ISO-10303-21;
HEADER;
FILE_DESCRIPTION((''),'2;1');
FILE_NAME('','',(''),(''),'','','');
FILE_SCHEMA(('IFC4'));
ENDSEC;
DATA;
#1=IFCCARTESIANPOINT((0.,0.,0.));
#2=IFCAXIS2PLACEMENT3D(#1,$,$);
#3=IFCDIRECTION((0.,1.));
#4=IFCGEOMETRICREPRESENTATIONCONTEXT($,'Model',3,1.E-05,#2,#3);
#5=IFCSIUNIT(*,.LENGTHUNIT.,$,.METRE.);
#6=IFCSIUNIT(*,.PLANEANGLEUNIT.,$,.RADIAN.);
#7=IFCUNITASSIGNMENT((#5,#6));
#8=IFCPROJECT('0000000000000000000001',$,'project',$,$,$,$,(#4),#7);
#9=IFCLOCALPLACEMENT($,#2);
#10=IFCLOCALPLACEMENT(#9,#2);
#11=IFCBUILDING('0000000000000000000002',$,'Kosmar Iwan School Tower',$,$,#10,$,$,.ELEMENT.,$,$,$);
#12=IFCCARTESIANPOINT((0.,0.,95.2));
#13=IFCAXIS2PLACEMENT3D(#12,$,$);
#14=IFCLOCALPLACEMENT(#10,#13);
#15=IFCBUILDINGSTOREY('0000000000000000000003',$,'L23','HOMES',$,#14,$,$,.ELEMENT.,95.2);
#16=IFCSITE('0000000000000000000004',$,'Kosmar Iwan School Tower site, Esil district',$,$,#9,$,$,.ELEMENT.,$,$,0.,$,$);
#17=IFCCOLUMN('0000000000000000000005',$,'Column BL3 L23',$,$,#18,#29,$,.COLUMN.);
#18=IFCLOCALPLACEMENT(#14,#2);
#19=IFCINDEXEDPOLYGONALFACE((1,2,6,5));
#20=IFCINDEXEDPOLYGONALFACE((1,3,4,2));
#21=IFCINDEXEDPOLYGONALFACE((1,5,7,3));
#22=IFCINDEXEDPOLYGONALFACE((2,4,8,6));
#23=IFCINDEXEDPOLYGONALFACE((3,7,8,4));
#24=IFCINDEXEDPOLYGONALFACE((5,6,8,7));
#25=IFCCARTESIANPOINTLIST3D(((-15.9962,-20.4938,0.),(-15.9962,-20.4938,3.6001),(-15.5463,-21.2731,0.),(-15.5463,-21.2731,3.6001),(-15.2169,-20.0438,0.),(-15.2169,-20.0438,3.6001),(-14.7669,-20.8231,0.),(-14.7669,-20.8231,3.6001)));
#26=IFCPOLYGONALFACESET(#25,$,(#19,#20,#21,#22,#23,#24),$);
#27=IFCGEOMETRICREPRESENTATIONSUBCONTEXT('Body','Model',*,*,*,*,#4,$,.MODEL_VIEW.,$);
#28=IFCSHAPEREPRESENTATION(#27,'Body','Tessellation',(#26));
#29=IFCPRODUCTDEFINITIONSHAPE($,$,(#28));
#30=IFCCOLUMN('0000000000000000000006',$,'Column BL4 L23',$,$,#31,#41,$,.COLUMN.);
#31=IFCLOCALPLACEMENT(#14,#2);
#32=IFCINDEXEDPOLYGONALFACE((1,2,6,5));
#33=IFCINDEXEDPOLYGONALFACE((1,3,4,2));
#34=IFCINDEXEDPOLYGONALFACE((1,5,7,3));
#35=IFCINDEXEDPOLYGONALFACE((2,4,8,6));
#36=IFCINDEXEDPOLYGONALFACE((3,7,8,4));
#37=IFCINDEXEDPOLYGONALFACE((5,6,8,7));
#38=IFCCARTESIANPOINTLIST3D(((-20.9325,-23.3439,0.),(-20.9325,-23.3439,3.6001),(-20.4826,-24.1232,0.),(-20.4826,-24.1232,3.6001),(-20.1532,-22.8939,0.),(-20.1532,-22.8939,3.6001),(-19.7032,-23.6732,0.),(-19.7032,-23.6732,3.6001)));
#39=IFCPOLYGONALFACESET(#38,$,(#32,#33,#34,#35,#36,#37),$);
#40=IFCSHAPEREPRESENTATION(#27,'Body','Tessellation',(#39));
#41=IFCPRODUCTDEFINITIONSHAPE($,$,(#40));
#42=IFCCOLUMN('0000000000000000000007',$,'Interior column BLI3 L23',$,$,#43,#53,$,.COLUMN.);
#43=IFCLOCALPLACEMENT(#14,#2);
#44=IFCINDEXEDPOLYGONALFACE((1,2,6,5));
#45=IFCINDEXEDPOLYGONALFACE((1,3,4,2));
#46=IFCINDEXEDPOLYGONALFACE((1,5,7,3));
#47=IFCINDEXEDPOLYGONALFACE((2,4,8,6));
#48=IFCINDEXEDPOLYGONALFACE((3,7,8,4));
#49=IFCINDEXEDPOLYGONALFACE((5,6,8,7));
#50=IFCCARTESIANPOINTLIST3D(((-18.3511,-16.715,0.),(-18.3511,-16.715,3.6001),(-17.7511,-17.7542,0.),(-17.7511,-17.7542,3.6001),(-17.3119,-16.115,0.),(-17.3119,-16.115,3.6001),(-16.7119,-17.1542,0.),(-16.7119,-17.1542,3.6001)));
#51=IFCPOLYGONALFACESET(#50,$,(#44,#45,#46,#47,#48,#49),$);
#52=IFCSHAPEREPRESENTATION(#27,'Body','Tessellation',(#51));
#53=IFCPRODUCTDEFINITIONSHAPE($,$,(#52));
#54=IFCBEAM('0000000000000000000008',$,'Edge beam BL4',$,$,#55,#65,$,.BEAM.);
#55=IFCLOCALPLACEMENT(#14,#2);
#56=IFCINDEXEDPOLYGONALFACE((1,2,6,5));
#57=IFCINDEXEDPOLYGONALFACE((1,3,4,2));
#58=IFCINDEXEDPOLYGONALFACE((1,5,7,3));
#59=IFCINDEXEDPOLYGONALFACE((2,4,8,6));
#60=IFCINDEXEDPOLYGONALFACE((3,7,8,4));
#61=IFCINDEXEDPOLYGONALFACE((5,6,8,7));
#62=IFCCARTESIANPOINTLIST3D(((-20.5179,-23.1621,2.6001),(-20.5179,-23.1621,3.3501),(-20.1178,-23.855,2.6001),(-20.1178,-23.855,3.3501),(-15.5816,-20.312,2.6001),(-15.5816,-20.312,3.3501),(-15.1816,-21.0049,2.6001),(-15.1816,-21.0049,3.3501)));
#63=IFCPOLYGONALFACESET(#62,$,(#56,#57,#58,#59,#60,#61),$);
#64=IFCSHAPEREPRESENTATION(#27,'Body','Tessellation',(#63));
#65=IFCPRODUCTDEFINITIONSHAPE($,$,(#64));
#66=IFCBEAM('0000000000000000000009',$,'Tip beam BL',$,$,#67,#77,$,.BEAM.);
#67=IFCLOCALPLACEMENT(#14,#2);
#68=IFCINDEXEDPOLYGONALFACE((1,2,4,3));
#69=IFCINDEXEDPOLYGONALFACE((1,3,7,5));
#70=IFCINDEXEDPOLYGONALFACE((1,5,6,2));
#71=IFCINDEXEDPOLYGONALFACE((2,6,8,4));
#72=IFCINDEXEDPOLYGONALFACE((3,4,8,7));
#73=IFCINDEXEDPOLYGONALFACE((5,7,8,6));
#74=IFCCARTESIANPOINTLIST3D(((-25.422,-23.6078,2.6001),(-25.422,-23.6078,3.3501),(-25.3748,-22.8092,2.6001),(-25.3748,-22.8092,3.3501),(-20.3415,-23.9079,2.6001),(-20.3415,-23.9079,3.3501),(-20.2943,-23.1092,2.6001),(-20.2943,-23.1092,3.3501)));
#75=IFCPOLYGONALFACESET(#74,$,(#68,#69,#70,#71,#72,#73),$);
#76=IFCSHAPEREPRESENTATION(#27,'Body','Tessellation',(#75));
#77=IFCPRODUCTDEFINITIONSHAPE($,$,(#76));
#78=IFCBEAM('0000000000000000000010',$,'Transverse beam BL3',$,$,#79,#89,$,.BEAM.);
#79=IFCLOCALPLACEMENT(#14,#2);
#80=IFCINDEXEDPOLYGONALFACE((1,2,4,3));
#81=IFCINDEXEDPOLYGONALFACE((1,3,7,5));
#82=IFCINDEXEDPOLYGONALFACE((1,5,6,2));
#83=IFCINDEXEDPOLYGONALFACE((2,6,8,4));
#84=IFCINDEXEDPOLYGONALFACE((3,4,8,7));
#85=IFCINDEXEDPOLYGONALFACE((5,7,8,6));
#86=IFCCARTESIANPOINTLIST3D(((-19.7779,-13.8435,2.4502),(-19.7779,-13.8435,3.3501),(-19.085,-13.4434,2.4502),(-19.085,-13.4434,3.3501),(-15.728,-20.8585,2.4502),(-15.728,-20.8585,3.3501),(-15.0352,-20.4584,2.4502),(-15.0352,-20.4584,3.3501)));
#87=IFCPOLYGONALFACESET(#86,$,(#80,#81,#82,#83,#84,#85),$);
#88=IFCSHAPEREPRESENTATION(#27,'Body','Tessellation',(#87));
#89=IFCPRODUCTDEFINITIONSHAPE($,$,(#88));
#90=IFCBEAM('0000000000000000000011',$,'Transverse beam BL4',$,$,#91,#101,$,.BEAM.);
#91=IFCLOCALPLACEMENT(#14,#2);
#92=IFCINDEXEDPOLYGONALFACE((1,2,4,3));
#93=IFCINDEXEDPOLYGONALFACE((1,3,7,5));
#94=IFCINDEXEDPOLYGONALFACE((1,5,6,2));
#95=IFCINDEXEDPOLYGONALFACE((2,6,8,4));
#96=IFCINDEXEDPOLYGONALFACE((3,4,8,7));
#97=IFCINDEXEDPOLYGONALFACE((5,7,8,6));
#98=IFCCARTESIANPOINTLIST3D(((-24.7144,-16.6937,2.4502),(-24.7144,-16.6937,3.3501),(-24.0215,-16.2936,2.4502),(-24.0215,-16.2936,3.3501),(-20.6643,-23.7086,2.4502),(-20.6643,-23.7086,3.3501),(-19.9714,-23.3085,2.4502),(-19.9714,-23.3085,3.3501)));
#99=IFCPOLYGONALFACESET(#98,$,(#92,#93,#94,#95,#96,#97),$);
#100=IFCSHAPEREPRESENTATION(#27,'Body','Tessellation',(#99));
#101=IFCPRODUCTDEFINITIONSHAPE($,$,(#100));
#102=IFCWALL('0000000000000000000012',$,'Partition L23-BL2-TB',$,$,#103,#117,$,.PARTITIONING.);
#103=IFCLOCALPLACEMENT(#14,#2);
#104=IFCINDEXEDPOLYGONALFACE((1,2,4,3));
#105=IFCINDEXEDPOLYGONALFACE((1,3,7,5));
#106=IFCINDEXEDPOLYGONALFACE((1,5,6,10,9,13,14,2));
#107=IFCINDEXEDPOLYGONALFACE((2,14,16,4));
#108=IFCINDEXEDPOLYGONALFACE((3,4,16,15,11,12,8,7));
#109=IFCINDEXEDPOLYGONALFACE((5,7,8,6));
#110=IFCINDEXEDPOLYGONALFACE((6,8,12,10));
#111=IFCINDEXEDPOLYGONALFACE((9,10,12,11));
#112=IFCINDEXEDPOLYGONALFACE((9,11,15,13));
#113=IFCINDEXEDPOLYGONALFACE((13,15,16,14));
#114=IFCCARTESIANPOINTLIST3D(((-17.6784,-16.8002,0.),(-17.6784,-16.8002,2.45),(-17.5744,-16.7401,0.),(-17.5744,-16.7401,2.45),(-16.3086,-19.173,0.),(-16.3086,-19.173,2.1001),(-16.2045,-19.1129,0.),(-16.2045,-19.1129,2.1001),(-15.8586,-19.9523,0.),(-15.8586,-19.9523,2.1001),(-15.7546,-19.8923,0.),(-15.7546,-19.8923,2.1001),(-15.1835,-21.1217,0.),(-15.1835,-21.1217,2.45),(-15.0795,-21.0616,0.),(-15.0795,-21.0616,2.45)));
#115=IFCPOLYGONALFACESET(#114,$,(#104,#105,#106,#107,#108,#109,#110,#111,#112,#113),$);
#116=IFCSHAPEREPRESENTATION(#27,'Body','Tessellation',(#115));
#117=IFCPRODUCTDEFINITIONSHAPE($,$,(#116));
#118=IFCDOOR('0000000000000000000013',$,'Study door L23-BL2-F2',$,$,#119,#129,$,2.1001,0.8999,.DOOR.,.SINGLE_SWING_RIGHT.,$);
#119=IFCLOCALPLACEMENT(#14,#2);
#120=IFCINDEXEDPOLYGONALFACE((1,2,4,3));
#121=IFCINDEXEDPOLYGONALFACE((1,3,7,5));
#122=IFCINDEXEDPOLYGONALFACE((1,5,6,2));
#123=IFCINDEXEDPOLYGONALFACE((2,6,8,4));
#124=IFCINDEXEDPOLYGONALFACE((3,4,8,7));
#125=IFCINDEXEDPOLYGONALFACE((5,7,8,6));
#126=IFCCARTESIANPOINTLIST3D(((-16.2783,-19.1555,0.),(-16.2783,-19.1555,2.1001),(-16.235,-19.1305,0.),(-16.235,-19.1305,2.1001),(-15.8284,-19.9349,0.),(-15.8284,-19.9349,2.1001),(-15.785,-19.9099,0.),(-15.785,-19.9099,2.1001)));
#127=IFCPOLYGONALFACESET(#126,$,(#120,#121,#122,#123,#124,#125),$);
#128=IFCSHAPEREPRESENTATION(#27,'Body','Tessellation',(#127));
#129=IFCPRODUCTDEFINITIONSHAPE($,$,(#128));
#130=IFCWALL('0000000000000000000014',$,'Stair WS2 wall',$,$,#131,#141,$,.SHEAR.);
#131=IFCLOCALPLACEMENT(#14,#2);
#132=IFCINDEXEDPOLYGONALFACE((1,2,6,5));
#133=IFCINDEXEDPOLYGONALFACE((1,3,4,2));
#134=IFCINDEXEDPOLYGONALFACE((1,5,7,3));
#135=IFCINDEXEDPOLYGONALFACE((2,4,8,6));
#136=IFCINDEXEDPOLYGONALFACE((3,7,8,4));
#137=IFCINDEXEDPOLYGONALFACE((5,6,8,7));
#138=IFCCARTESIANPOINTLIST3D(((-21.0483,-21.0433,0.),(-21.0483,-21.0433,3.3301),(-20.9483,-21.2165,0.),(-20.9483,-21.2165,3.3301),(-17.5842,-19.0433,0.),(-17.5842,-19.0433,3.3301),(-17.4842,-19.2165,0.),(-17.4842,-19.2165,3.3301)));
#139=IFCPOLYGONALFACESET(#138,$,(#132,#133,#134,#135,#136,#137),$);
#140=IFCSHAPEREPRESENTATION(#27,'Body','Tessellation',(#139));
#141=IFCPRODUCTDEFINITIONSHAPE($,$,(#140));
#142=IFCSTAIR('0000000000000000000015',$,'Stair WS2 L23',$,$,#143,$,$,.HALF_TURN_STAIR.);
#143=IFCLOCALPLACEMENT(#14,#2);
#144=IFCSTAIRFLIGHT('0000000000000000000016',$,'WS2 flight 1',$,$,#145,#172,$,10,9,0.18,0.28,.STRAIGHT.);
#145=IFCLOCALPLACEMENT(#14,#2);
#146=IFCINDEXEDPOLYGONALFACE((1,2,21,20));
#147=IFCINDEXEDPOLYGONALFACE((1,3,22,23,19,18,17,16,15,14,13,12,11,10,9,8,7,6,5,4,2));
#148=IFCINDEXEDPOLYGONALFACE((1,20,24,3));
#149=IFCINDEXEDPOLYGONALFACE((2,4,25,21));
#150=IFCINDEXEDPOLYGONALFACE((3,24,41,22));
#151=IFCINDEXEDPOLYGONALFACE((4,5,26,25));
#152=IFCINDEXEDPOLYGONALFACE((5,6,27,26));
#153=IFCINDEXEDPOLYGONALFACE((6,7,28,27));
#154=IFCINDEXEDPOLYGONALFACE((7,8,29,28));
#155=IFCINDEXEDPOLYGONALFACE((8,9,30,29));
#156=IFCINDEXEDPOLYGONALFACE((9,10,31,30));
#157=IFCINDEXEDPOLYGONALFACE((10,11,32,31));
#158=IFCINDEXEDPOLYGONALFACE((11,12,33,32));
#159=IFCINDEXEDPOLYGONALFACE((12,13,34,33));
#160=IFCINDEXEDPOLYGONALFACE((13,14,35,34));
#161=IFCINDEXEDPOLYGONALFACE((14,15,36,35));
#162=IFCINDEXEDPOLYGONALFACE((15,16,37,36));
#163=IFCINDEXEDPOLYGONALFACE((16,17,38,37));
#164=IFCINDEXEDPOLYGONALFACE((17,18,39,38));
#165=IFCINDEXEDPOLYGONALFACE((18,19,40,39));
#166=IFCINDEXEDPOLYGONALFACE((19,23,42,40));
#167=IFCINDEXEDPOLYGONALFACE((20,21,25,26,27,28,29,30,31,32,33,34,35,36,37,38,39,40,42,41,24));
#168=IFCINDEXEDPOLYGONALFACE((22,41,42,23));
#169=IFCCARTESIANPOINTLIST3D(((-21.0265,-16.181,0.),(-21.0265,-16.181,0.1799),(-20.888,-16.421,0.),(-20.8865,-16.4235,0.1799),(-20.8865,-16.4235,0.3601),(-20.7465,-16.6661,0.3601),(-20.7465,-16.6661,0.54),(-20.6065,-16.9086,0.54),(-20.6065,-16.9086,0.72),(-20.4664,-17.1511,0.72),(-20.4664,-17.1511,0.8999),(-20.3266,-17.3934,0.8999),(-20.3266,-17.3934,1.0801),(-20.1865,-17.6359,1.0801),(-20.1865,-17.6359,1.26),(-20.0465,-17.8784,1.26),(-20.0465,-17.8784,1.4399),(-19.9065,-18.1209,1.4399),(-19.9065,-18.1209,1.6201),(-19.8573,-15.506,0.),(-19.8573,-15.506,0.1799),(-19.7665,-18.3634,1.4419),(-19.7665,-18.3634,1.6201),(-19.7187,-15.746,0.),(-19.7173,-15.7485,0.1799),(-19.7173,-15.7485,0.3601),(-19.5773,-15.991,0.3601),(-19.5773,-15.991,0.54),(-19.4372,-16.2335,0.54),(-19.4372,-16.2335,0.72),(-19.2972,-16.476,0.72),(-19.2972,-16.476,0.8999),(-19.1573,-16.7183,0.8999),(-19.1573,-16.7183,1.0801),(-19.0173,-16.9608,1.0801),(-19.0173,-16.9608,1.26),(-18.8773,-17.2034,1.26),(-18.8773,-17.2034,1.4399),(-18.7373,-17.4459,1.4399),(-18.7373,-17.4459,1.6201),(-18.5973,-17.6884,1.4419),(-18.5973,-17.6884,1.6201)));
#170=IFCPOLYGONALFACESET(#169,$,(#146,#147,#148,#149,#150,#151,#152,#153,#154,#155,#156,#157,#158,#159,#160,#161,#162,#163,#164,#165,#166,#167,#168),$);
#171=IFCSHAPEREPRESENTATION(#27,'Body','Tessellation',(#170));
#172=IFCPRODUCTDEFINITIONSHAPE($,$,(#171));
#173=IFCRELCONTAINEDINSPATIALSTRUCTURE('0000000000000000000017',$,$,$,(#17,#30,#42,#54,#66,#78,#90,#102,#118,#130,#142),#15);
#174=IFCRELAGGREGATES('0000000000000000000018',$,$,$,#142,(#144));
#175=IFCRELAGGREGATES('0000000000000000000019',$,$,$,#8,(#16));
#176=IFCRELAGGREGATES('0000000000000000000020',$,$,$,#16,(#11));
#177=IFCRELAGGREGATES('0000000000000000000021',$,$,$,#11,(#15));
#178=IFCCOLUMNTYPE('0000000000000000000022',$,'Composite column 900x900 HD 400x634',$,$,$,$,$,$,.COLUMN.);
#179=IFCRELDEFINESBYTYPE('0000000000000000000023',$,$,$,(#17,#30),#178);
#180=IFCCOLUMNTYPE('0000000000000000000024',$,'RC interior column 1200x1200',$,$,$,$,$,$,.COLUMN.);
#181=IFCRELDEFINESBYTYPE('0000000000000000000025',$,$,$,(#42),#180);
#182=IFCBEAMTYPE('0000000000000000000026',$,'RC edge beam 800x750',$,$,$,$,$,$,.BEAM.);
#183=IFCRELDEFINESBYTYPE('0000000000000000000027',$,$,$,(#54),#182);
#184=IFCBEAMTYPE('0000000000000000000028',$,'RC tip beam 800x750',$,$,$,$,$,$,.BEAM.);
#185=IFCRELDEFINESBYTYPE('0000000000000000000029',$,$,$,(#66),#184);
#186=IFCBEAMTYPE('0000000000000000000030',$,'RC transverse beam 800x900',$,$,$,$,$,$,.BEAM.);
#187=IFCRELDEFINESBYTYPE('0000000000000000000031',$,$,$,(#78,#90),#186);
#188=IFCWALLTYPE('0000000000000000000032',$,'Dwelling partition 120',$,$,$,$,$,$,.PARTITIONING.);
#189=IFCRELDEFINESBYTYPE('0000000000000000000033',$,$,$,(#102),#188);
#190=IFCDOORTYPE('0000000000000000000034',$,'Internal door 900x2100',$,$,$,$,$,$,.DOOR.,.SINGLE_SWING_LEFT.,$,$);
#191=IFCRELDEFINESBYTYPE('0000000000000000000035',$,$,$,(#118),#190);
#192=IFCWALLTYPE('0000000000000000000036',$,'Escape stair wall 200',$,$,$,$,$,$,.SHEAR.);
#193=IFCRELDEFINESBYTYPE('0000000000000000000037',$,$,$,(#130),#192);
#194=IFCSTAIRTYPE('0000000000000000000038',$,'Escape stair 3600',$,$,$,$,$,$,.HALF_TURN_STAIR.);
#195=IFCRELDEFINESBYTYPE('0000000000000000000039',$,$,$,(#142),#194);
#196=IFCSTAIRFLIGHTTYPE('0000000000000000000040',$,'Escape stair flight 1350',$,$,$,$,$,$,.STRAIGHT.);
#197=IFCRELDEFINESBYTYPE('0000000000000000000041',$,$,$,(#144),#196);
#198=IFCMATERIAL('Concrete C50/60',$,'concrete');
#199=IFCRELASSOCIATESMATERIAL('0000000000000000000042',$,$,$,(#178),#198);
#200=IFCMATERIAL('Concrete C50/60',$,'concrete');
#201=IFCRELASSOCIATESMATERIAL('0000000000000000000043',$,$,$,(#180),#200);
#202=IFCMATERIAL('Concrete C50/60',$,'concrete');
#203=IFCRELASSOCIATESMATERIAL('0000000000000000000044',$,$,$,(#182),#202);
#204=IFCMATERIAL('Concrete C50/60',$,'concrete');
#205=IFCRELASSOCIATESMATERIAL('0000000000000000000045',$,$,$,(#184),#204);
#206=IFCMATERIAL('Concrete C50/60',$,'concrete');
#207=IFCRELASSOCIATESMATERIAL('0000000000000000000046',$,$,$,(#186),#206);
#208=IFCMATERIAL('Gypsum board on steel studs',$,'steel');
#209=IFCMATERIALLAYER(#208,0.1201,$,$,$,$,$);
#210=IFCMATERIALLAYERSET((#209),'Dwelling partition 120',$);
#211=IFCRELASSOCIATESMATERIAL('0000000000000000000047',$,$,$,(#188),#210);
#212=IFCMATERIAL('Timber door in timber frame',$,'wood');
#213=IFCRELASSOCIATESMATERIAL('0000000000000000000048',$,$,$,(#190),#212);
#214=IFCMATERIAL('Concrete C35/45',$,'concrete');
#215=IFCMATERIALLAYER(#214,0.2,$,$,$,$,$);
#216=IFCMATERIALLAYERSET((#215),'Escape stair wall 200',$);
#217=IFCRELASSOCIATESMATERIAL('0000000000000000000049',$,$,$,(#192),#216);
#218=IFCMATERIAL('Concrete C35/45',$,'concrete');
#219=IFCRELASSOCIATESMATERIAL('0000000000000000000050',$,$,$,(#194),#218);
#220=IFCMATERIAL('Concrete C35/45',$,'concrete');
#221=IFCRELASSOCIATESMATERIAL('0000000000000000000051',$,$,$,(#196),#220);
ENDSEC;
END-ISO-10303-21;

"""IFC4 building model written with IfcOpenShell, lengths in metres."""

from ifc_helpers import new_model, si_unit, direction, frame, frame_2d, origin, origin_2d, place, context, subcontext, project, spatial, polyline, rectangle, outline, extrude, material, layer, layer_set, material_profile, profile_set, type_object, element, fill, aggregate, save


model = new_model("IFC4")

# Units and contexts
model_context = context("Model", 3, precision=1e-05, world=origin(), true_north=direction((0.0, 1.0)))
body_context = subcontext(model_context, "Body", "Model", "MODEL_VIEW")
ifc_project = project(units=[si_unit("LENGTHUNIT", "METRE"), si_unit("PLANEANGLEUNIT", "RADIAN")], contexts=[model_context])

# Site, building, storey
site_placement = place(None, origin())
site = spatial("IfcSite", under=ifc_project, at=site_placement, Name="Kosmar Iwan School Tower site, Esil district", CompositionType="ELEMENT", RefElevation=0.0)
building_placement = place(site_placement, origin())
building = spatial("IfcBuilding", under=site, at=building_placement, Name="Kosmar Iwan School Tower", CompositionType="ELEMENT")
storey_placement = place(building_placement, frame((0.0, 0.0, 95.2)))
storey = spatial("IfcBuildingStorey", under=building, at=storey_placement, Name="L23", Description="HOMES", CompositionType="ELEMENT", Elevation=95.2)

# Columns
ifc_material_1 = material(Name="Concrete C50/60", Category="concrete")
ifc_material_profile_1 = material_profile(ifc_material_1, rectangle(XDim=0.8999, YDim=0.8999, at=origin_2d()), Name="RC 900x900 + HD 400x634")
ifc_profile_set_1 = profile_set([ifc_material_profile_1], Name="Concrete C50/60")
column_type_1 = type_object("IfcColumnType", Name="Composite column 900x900 HD 400x634", PredefinedType="COLUMN", material=ifc_profile_set_1)
for number, where, z_axis, x_axis, name in (
    (1, (-15.3816, -20.6584, 0.0), (0.0, 0.0, 1.0), (-0.866025, -0.5, 0.0), "Column BL3 L23"),
    (2, (-20.3179, -23.5085, 0.0), (0.0, 0.0, 1.0), (-0.866025, -0.5, 0.0), "Column BL4 L23"),
):
    element("IfcColumn", number, at=place(storey_placement, frame(where, z_axis=z_axis, x_axis=x_axis)), inside=storey, type_object=column_type_1, Name=name, PredefinedType="COLUMN", context=body_context, shape_type="SweptSolid", body=[
        extrude(rectangle(XDim=0.8999, YDim=0.8999, at=origin_2d()), origin(), (0.0, 0.0, 1.0), 3.6001),
    ])
ifc_material_2 = material(Name="Concrete C50/60", Category="concrete")
ifc_material_profile_2 = material_profile(ifc_material_2, rectangle(XDim=1.2, YDim=1.2, at=origin_2d()), Name="RC 1200x1200")
ifc_profile_set_2 = profile_set([ifc_material_profile_2], Name="Concrete C50/60")
column_type_2 = type_object("IfcColumnType", Name="RC interior column 1200x1200", PredefinedType="COLUMN", material=ifc_profile_set_2)
column_placement = place(storey_placement, frame((-17.5315, -16.9346, 0.0), z_axis=(0.0, 0.0, 1.0), x_axis=(-0.866025, -0.5, 0.0)))
element("IfcColumn", 3, at=column_placement, inside=storey, type_object=column_type_2, Name="Interior column BLI3 L23", PredefinedType="COLUMN", context=body_context, shape_type="SweptSolid", body=[
    extrude(rectangle(XDim=1.2, YDim=1.2, at=origin_2d()), origin(), (0.0, 0.0, 1.0), 3.6001),
])

# Beams
ifc_material_3 = material(Name="Concrete C50/60", Category="concrete")
ifc_material_profile_3 = material_profile(ifc_material_3, rectangle(XDim=0.8, YDim=0.75, at=origin_2d()), Name="RC 800x750")
ifc_profile_set_3 = profile_set([ifc_material_profile_3], Name="Concrete C50/60")
beam_type_1 = type_object("IfcBeamType", Name="RC edge beam 800x750", PredefinedType="BEAM", material=ifc_profile_set_3)
beam_1_placement = place(storey_placement, frame((-15.3816, -20.6584, 2.9751), z_axis=(-0.866015, -0.500018, 0.0), x_axis=(0.500018, -0.866015, 0.0)))
element("IfcBeam", 4, at=beam_1_placement, inside=storey, type_object=beam_type_1, Name="Edge beam BL4", PredefinedType="BEAM", context=body_context, shape_type="SweptSolid", body=[
    extrude(rectangle(XDim=0.8, YDim=0.75, at=origin_2d()), origin(), (0.0, 0.0, 1.0), 5.7),
])
ifc_material_4 = material(Name="Concrete C50/60", Category="concrete")
ifc_material_profile_4 = material_profile(ifc_material_4, rectangle(XDim=0.8, YDim=0.75, at=origin_2d()), Name="RC 800x750")
ifc_profile_set_4 = profile_set([ifc_material_profile_4], Name="Concrete C50/60")
beam_type_2 = type_object("IfcBeamType", Name="RC tip beam 800x750", PredefinedType="BEAM", material=ifc_profile_set_4)
beam_2_placement = place(storey_placement, frame((-20.3179, -23.5085, 2.9751), z_axis=(-0.998261, 0.058955, 0.0), x_axis=(-0.058955, -0.998261, 0.0)))
element("IfcBeam", 5, at=beam_2_placement, inside=storey, type_object=beam_type_2, Name="Tip beam BL", PredefinedType="BEAM", context=body_context, shape_type="SweptSolid", body=[
    extrude(rectangle(XDim=0.8, YDim=0.75, at=origin_2d()), origin(), (0.0, 0.0, 1.0), 5.0894),
])
ifc_material_5 = material(Name="Concrete C50/60", Category="concrete")
ifc_material_profile_5 = material_profile(ifc_material_5, rectangle(XDim=0.8, YDim=0.8999, at=origin_2d()), Name="RC 800x900")
ifc_profile_set_5 = profile_set([ifc_material_profile_5], Name="Concrete C50/60")
beam_type_3 = type_object("IfcBeamType", Name="RC transverse beam 800x900", PredefinedType="BEAM", material=ifc_profile_set_5)
for number, where, z_axis, x_axis, name in (
    (6, (-15.3816, -20.6584, 2.9001), (-0.499977, 0.866039, 0.0), (-0.866039, -0.499977, 0.0), "Transverse beam BL3"),
    (7, (-20.3179, -23.5085, 2.9001), (-0.5, 0.866025, 0.0), (-0.866025, -0.5, 0.0), "Transverse beam BL4"),
):
    element("IfcBeam", number, at=place(storey_placement, frame(where, z_axis=z_axis, x_axis=x_axis)), inside=storey, type_object=beam_type_3, Name=name, PredefinedType="BEAM", context=body_context, shape_type="SweptSolid", body=[
        extrude(rectangle(XDim=0.8, YDim=0.8999, at=origin_2d()), origin(), (0.0, 0.0, 1.0), 8.1001),
    ])

# Wall, opening, door
ifc_material_6 = material(Name="Gypsum board on steel studs", Category="steel")
ifc_layer_1 = layer(ifc_material_6, 0.1201)
ifc_layer_set_1 = layer_set([ifc_layer_1], Name="Dwelling partition 120")
wall_type_1 = type_object("IfcWallType", Name="Dwelling partition 120", PredefinedType="PARTITIONING", material=ifc_layer_set_1)
wall_1_placement = place(storey_placement, frame((-17.6265, -16.77, 0.0), z_axis=(0.0, 0.0, 1.0), x_axis=(0.499975, -0.86604, 0.0)))
wall_1 = element("IfcWall", 8, at=wall_1_placement, inside=storey, type_object=wall_type_1, Name="Partition L23-BL2-TB", PredefinedType="PARTITIONING", context=body_context, shape_type="SweptSolid", body=[
    extrude(rectangle(XDim=4.99, YDim=0.1201, at=frame_2d((2.4951, 0.0))), origin(), (0.0, 0.0, 1.0), 2.45),
])
opening_placement = place(wall_1_placement, frame((2.74, 0.0, 0.0)))
opening = element("IfcOpeningElement", 9, at=opening_placement, cuts=wall_1, PredefinedType="OPENING", context=body_context, shape_type="SweptSolid", body=[
    extrude(rectangle(XDim=0.8999, YDim=2.1001, at=frame_2d((0.45, 1.05))), frame((0.0, 0.072, 0.0), z_axis=(0.0, -1.0, 0.0), x_axis=(1.0, 0.0, 0.0)), (0.0, 0.0, 1.0), 0.144),
])
ifc_material_7 = material(Name="Timber door in timber frame", Category="wood")
door_type = type_object("IfcDoorType", Name="Internal door 900x2100", OperationType="SINGLE_SWING_LEFT", PredefinedType="DOOR", material=ifc_material_7)
door_placement = place(opening_placement, origin())
door = element("IfcDoor", 10, at=door_placement, inside=storey, type_object=door_type, Name="Study door L23-BL2-F2", OperationType="SINGLE_SWING_RIGHT", OverallHeight=2.1001, OverallWidth=0.8999, PredefinedType="DOOR", context=body_context, shape_type="SweptSolid", body=[
    extrude(rectangle(XDim=0.8999, YDim=2.1001, at=frame_2d((0.45, 1.05))), frame((0.0, 0.0249, 0.0), z_axis=(0.0, -1.0, 0.0), x_axis=(1.0, 0.0, 0.0)), (0.0, 0.0, 1.0), 0.05),
])
fill(opening, door)

# Wall
ifc_material_8 = material(Name="Concrete C35/45", Category="concrete")
ifc_layer_2 = layer(ifc_material_8, 0.2)
ifc_layer_set_2 = layer_set([ifc_layer_2], Name="Escape stair wall 200")
wall_type_2 = type_object("IfcWallType", Name="Escape stair wall 200", PredefinedType="SHEAR", material=ifc_layer_set_2)
wall_2_placement = place(storey_placement, frame((-17.5342, -19.1299, 0.0), z_axis=(0.0, 0.0, 1.0), x_axis=(-0.866026, -0.499999, 0.0)))
element("IfcWall", 11, at=wall_2_placement, inside=storey, type_object=wall_type_2, Name="Stair WS2 wall", PredefinedType="SHEAR", context=body_context, shape_type="SweptSolid", body=[
    extrude(rectangle(XDim=4.0, YDim=0.2, at=frame_2d((2.0, 0.0))), origin(), (0.0, 0.0, 1.0), 3.3301),
])

# Stair, stair flight
ifc_material_9 = material(Name="Concrete C35/45", Category="concrete")
stair_type = type_object("IfcStairType", Name="Escape stair 3600", PredefinedType="HALF_TURN_STAIR", material=ifc_material_9)
stair_placement = place(storey_placement, origin())
stair = element("IfcStair", 12, at=stair_placement, inside=storey, type_object=stair_type, Name="Stair WS2 L23", PredefinedType="HALF_TURN_STAIR")
ifc_material_10 = material(Name="Concrete C35/45", Category="concrete")
stair_flight_type = type_object("IfcStairFlightType", Name="Escape stair flight 1350", PredefinedType="STRAIGHT", material=ifc_material_10)
stair_flight_1_placement = place(storey_placement, frame((-20.4419, -15.8435, 0.0), z_axis=(0.0, 0.0, 1.0), x_axis=(0.5, -0.866025, 0.0)))
stair_flight_1 = element("IfcStairFlight", 13, at=stair_flight_1_placement, type_object=stair_flight_type, Name="WS2 flight 1", NumberOfRisers=10, NumberOfTreads=9, PredefinedType="STRAIGHT", RiserHeight=0.18, TreadLength=0.28, context=body_context, shape_type="SweptSolid", body=[
    extrude(outline(polyline([(0.0, 0.0), (0.0, 0.1799), (0.28, 0.1799), (0.28, 0.3601), (0.5601, 0.3601), (0.5601, 0.54), (0.8401, 0.54), (0.8401, 0.72), (1.1201, 0.72), (1.1201, 0.8999), (1.3999, 0.8999), (1.3999, 1.0801), (1.6799, 1.0801), (1.6799, 1.26), (1.96, 1.26), (1.96, 1.4399), (2.24, 1.4399), (2.24, 1.6201), (2.52, 1.6201), (2.52, 1.8), (2.52, 1.4419), (0.2771, 0.0), (0.0, 0.0)])), frame((0.0, 0.675, 0.0), z_axis=(0.0, -1.0, 0.0), x_axis=(1.0, 0.0, 0.0)), (0.0, 0.0, 1.0), 1.3501),
])
aggregate(stair, [stair_flight_1])

save(model, "model.ifc")
